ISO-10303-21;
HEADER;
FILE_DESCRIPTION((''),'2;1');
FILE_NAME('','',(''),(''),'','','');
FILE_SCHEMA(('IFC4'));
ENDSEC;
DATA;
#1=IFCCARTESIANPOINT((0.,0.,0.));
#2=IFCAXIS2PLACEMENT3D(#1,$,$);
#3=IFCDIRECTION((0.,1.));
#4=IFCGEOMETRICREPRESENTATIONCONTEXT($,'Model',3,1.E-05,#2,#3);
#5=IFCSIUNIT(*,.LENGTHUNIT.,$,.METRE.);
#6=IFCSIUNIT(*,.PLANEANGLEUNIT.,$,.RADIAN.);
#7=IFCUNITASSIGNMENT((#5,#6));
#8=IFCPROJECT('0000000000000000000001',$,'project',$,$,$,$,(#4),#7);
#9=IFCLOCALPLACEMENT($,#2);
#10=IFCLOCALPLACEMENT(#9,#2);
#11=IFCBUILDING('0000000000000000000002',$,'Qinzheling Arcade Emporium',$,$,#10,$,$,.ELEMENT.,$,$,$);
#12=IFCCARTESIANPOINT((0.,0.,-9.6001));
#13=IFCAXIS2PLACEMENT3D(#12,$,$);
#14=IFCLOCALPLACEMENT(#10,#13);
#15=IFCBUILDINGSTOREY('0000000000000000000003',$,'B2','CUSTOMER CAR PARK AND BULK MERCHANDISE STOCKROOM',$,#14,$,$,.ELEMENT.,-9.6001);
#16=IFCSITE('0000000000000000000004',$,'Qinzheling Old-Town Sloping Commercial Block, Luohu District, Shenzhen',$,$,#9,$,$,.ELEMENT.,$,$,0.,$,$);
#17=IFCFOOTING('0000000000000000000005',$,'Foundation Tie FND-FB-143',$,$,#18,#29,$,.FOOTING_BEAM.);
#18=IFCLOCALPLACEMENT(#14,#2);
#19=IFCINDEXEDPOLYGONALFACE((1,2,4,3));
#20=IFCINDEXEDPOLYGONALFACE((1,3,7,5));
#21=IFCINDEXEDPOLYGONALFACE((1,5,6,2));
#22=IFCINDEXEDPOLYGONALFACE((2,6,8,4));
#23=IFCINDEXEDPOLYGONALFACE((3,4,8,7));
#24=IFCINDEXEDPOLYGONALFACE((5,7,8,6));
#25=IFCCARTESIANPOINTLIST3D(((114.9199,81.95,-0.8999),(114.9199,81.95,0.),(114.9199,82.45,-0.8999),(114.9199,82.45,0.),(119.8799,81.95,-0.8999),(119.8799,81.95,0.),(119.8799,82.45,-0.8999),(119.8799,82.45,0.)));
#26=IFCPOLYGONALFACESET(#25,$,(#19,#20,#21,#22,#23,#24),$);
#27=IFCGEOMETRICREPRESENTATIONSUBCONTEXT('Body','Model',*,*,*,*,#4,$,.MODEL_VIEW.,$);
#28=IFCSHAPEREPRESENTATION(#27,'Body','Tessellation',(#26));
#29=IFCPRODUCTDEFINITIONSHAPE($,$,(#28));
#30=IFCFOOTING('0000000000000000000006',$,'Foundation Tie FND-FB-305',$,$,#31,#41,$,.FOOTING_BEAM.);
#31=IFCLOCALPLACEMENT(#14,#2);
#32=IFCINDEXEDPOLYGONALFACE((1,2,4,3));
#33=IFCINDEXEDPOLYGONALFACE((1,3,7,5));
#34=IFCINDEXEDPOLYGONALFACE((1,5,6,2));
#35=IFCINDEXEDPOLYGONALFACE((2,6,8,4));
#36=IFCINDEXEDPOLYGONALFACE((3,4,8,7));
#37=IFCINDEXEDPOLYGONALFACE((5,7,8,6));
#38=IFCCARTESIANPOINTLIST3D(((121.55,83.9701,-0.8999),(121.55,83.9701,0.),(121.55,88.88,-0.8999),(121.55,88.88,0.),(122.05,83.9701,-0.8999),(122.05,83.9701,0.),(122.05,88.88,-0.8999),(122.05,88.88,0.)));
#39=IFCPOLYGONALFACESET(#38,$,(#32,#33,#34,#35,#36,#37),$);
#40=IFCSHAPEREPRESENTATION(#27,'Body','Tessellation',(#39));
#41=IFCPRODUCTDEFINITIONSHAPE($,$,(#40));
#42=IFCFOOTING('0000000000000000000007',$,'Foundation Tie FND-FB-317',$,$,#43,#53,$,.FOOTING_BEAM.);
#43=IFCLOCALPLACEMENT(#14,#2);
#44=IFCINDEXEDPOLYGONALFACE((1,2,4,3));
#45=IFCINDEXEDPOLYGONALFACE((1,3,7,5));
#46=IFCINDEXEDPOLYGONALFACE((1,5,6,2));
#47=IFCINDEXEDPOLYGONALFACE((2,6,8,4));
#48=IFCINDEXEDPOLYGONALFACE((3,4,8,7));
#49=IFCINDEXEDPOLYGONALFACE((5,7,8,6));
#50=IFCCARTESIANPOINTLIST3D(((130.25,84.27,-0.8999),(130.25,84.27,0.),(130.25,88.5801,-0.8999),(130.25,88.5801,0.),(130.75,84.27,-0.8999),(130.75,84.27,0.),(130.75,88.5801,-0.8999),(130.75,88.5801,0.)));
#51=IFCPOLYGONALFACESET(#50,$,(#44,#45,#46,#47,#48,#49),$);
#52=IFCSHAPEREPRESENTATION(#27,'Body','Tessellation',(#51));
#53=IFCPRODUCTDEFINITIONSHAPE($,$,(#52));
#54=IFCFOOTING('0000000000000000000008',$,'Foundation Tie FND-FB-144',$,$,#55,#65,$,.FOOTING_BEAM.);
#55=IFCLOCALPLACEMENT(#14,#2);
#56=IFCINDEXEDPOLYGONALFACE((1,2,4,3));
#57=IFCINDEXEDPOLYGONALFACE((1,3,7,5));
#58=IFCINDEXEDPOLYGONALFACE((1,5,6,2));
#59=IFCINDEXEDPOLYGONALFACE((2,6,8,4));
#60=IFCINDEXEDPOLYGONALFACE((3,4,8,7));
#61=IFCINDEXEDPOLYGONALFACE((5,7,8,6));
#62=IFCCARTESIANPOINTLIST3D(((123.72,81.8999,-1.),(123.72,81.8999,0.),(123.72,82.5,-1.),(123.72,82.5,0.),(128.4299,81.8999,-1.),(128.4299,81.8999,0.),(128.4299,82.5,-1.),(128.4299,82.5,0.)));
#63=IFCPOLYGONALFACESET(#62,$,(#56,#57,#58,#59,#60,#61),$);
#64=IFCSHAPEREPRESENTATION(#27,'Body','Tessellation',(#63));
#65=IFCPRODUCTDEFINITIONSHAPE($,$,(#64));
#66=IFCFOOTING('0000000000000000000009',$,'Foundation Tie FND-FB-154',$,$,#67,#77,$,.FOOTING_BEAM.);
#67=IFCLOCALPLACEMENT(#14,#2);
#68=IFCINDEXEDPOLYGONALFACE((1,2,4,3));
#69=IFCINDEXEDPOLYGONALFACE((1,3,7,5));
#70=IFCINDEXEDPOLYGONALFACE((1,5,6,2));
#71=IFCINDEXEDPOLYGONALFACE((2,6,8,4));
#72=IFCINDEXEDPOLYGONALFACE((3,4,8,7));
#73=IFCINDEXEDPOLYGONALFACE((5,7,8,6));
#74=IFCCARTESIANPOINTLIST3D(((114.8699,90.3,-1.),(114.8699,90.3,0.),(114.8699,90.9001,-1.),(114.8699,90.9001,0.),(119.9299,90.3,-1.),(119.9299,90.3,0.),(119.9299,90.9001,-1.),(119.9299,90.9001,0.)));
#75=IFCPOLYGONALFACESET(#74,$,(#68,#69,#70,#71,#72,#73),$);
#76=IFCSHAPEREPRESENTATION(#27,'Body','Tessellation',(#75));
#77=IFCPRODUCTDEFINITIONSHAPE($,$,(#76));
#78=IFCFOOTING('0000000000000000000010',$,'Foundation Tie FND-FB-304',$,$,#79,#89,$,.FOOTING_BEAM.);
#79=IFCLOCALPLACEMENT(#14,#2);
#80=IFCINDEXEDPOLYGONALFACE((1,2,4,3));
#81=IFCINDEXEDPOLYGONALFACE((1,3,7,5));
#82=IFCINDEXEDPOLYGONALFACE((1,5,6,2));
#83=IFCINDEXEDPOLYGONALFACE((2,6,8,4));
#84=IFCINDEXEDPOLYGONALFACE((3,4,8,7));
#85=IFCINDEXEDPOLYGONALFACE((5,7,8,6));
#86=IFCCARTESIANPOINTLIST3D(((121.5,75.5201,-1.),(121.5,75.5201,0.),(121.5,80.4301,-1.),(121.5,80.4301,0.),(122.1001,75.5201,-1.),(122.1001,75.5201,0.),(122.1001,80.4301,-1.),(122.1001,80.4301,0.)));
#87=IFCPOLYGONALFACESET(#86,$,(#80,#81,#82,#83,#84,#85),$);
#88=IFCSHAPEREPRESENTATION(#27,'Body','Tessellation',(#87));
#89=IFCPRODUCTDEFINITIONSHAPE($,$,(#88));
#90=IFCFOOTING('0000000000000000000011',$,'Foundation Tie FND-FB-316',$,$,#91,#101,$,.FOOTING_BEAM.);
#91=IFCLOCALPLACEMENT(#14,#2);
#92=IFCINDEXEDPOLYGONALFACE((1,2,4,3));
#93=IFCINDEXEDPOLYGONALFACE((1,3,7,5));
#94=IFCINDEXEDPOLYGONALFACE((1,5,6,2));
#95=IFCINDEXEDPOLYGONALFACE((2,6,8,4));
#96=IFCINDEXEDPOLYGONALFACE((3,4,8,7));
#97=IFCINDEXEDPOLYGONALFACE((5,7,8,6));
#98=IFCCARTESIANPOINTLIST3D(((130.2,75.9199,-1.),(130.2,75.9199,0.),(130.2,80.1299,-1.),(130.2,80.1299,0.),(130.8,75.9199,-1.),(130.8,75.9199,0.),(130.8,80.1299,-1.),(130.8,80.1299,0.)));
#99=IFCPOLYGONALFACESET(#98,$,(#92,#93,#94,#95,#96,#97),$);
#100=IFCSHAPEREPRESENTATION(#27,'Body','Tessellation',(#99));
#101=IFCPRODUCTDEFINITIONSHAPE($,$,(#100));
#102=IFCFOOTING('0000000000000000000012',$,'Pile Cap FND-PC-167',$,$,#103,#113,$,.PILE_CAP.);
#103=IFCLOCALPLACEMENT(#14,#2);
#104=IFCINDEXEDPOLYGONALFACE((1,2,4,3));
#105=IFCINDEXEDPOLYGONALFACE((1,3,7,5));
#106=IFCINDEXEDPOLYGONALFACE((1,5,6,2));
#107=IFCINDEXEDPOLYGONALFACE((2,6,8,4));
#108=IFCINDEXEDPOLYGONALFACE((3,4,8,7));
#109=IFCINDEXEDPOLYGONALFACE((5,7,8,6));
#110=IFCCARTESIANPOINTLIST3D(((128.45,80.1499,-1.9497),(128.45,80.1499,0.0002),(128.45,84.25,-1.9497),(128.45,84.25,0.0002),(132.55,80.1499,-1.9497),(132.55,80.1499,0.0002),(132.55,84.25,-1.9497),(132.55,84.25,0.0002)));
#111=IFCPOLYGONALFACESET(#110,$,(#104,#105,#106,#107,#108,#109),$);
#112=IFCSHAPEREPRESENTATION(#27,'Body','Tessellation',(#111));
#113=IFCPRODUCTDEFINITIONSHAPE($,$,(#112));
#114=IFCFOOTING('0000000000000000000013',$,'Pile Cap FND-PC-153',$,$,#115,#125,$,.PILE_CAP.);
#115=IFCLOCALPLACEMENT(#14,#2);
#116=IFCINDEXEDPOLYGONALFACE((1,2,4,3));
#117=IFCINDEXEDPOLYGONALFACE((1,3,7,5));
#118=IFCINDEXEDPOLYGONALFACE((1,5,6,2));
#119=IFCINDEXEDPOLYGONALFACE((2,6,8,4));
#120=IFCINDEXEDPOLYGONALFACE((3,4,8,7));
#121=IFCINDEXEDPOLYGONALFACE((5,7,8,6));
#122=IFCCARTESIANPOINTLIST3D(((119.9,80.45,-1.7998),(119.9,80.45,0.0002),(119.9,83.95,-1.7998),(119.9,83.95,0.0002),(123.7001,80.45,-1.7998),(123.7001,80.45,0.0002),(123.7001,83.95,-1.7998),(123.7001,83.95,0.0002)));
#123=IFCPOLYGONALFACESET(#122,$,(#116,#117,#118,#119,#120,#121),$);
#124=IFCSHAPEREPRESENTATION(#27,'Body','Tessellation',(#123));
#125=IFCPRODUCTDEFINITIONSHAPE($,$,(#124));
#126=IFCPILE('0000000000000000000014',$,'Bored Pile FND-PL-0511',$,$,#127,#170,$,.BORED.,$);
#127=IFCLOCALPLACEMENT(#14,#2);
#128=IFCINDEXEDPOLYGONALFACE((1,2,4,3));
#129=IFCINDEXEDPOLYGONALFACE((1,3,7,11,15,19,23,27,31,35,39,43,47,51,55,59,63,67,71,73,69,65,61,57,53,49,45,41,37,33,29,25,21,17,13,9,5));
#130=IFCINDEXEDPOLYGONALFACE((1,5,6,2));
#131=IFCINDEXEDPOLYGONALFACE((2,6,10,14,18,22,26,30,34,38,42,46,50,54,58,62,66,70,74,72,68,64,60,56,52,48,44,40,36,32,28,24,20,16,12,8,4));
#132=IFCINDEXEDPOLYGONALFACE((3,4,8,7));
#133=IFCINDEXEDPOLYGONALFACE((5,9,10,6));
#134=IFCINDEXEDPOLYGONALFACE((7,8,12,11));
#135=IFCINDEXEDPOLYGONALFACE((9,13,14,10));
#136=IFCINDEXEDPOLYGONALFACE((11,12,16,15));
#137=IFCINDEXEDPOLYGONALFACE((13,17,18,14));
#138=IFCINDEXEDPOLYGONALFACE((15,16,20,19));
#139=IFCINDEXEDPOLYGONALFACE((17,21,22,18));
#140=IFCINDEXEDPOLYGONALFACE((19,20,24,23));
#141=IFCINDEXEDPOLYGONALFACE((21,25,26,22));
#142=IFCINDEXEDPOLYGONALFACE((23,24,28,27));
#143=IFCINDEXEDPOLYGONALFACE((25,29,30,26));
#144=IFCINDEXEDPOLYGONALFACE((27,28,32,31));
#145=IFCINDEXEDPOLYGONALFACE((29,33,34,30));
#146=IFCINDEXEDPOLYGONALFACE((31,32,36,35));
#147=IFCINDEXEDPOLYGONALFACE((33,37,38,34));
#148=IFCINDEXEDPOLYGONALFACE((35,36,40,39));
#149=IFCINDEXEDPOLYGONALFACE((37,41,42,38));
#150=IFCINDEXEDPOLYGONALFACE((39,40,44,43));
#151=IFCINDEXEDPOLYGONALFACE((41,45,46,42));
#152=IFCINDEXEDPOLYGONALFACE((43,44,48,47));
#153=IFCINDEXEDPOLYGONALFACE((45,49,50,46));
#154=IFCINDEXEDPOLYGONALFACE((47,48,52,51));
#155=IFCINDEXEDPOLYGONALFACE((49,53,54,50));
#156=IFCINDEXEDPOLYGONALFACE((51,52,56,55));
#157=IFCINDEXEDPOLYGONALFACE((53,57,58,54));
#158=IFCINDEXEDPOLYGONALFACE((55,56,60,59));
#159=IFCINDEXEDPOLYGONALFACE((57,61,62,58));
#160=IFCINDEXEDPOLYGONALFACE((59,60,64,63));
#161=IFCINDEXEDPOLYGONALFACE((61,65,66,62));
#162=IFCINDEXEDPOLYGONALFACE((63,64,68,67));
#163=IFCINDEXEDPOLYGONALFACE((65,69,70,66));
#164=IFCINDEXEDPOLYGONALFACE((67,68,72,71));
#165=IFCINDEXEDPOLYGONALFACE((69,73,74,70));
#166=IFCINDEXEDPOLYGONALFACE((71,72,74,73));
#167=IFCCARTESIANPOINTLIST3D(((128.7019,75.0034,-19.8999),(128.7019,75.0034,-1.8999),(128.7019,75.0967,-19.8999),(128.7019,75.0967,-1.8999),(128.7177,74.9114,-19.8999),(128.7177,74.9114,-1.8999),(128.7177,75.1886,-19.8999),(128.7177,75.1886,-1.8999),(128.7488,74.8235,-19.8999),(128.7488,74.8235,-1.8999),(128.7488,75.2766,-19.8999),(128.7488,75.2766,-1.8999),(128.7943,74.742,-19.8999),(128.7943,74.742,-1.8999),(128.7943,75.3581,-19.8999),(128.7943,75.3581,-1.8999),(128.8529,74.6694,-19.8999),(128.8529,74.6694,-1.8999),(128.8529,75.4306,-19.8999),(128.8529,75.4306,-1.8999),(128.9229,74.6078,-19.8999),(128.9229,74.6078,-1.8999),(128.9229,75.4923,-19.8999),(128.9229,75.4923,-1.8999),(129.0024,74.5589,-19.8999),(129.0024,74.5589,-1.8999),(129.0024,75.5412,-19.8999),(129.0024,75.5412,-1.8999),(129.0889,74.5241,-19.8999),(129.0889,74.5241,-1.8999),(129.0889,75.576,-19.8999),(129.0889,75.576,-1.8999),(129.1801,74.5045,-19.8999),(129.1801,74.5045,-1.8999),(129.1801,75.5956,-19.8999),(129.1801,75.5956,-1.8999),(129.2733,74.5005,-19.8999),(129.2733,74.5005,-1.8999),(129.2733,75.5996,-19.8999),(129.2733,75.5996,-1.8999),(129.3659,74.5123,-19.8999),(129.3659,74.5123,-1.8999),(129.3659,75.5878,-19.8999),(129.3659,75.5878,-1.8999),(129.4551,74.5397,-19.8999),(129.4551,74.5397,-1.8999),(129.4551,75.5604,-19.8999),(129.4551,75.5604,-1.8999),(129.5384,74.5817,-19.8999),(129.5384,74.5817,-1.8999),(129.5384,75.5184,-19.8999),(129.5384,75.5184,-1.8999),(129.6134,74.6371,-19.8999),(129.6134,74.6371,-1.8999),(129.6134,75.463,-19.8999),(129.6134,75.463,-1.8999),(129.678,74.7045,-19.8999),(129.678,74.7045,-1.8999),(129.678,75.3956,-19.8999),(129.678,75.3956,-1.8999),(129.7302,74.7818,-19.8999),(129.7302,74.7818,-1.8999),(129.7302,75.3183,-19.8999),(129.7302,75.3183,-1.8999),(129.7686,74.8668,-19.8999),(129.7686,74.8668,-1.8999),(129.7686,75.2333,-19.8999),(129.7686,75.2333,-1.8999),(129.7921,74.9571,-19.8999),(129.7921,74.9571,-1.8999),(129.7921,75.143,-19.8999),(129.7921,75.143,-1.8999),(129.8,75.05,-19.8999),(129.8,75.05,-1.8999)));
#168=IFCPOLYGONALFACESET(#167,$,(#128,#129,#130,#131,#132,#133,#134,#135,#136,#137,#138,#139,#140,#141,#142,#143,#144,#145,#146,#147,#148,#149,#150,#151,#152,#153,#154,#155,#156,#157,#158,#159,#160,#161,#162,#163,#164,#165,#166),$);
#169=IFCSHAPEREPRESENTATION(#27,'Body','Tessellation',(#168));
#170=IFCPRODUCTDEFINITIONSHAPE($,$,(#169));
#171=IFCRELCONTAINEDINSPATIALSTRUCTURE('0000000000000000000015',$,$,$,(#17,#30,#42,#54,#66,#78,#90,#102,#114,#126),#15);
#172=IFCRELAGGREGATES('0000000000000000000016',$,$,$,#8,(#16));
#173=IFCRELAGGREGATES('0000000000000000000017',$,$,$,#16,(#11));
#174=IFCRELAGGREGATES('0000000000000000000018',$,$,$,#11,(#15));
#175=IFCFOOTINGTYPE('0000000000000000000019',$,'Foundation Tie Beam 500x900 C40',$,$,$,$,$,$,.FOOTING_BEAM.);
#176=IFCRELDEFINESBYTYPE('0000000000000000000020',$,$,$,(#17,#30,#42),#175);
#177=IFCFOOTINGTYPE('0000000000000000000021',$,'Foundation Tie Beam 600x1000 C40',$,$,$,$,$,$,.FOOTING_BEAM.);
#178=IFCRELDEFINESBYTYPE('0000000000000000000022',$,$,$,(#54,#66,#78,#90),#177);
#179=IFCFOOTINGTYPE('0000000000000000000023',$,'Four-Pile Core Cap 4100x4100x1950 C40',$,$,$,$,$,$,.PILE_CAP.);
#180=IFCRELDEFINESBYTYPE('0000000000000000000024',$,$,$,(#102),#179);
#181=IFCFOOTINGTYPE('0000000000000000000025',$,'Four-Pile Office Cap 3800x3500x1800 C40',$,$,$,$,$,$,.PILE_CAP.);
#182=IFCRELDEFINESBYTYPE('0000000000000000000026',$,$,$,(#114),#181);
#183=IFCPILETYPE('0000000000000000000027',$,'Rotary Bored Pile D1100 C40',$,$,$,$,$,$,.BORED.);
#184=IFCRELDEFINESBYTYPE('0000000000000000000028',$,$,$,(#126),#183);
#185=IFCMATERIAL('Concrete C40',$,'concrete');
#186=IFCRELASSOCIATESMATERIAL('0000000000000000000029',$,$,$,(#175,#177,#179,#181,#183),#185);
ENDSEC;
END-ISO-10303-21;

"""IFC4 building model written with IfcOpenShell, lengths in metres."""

from ifc_helpers import new_model, si_unit, direction, frame, origin, origin_2d, place, context, subcontext, project, spatial, rectangle, circle, extrude, material, material_profile, profile_set, type_object, element, save


model = new_model("IFC4")

# Units and contexts
model_context = context("Model", 3, precision=1e-05, world=origin(), true_north=direction((0.0, 1.0)))
body_context = subcontext(model_context, "Body", "Model", "MODEL_VIEW")
ifc_project = project(units=[si_unit("LENGTHUNIT", "METRE"), si_unit("PLANEANGLEUNIT", "RADIAN")], contexts=[model_context])

# Site, building, storey
site_placement = place(None, origin())
site = spatial("IfcSite", under=ifc_project, at=site_placement, Name="Qinzheling Old-Town Sloping Commercial Block, Luohu District, Shenzhen", CompositionType="ELEMENT", RefElevation=0.0)
building_placement = place(site_placement, origin())
building = spatial("IfcBuilding", under=site, at=building_placement, Name="Qinzheling Arcade Emporium", CompositionType="ELEMENT")
storey_placement = place(building_placement, frame((0.0, 0.0, -9.6001)))
storey = spatial("IfcBuildingStorey", under=building, at=storey_placement, Name="B2", Description="CUSTOMER CAR PARK AND BULK MERCHANDISE STOCKROOM", CompositionType="ELEMENT", Elevation=-9.6001)

# Footings
ifc_material_1 = material(Name="Concrete C40", Category="concrete")
footing_type_1 = type_object("IfcFootingType", Name="Foundation Tie Beam 500x900 C40", PredefinedType="FOOTING_BEAM", material=ifc_material_1)
footing_1_placement = place(storey_placement, frame((117.3999, 82.2, -0.8999), z_axis=(0.0, 0.0, 1.0), x_axis=(1.0, 0.0, 0.0)))
element("IfcFooting", 1, at=footing_1_placement, inside=storey, type_object=footing_type_1, Name="Foundation Tie FND-FB-143", PredefinedType="FOOTING_BEAM", context=body_context, shape_type="SweptSolid", body=[
    extrude(rectangle(XDim=4.96, YDim=0.5, at=origin_2d()), origin(), (0.0, 0.0, 1.0), 0.8999),
])
footing_2_placement = place(storey_placement, frame((121.8, 86.425, -0.8999), z_axis=(0.0, 0.0, 1.0), x_axis=(1.0, 0.0, 0.0)))
element("IfcFooting", 2, at=footing_2_placement, inside=storey, type_object=footing_type_1, Name="Foundation Tie FND-FB-305", PredefinedType="FOOTING_BEAM", context=body_context, shape_type="SweptSolid", body=[
    extrude(rectangle(XDim=0.5, YDim=4.9099, at=origin_2d()), origin(), (0.0, 0.0, 1.0), 0.8999),
])
footing_3_placement = place(storey_placement, frame((130.5, 86.425, -0.8999), z_axis=(0.0, 0.0, 1.0), x_axis=(1.0, 0.0, 0.0)))
element("IfcFooting", 3, at=footing_3_placement, inside=storey, type_object=footing_type_1, Name="Foundation Tie FND-FB-317", PredefinedType="FOOTING_BEAM", context=body_context, shape_type="SweptSolid", body=[
    extrude(rectangle(XDim=0.5, YDim=4.3101, at=origin_2d()), origin(), (0.0, 0.0, 1.0), 0.8999),
])
footing_type_2 = type_object("IfcFootingType", Name="Foundation Tie Beam 600x1000 C40", PredefinedType="FOOTING_BEAM", material=ifc_material_1)
footing_4_placement = place(storey_placement, frame((126.075, 82.2, -1.0), z_axis=(0.0, 0.0, 1.0), x_axis=(1.0, 0.0, 0.0)))
element("IfcFooting", 4, at=footing_4_placement, inside=storey, type_object=footing_type_2, Name="Foundation Tie FND-FB-144", PredefinedType="FOOTING_BEAM", context=body_context, shape_type="SweptSolid", body=[
    extrude(rectangle(XDim=4.71, YDim=0.6001, at=origin_2d()), origin(), (0.0, 0.0, 1.0), 1.0),
])
footing_5_placement = place(storey_placement, frame((117.3999, 90.6001, -1.0), z_axis=(0.0, 0.0, 1.0), x_axis=(1.0, 0.0, 0.0)))
element("IfcFooting", 5, at=footing_5_placement, inside=storey, type_object=footing_type_2, Name="Foundation Tie FND-FB-154", PredefinedType="FOOTING_BEAM", context=body_context, shape_type="SweptSolid", body=[
    extrude(rectangle(XDim=5.0601, YDim=0.6001, at=origin_2d()), origin(), (0.0, 0.0, 1.0), 1.0),
])
footing_6_placement = place(storey_placement, frame((121.8, 77.9751, -1.0), z_axis=(0.0, 0.0, 1.0), x_axis=(1.0, 0.0, 0.0)))
element("IfcFooting", 6, at=footing_6_placement, inside=storey, type_object=footing_type_2, Name="Foundation Tie FND-FB-304", PredefinedType="FOOTING_BEAM", context=body_context, shape_type="SweptSolid", body=[
    extrude(rectangle(XDim=0.6001, YDim=4.9099, at=origin_2d()), origin(), (0.0, 0.0, 1.0), 1.0),
])
footing_7_placement = place(storey_placement, frame((130.5, 78.0249, -1.0), z_axis=(0.0, 0.0, 1.0), x_axis=(1.0, 0.0, 0.0)))
element("IfcFooting", 7, at=footing_7_placement, inside=storey, type_object=footing_type_2, Name="Foundation Tie FND-FB-316", PredefinedType="FOOTING_BEAM", context=body_context, shape_type="SweptSolid", body=[
    extrude(rectangle(XDim=0.6001, YDim=4.21, at=origin_2d()), origin(), (0.0, 0.0, 1.0), 1.0),
])
footing_type_3 = type_object("IfcFootingType", Name="Four-Pile Core Cap 4100x4100x1950 C40", PredefinedType="PILE_CAP", material=ifc_material_1)
footing_8_placement = place(storey_placement, frame((130.5, 82.2, -1.9497), z_axis=(0.0, 0.0, 1.0), x_axis=(1.0, 0.0, 0.0)))
element("IfcFooting", 8, at=footing_8_placement, inside=storey, type_object=footing_type_3, Name="Pile Cap FND-PC-167", PredefinedType="PILE_CAP", context=body_context, shape_type="SweptSolid", body=[
    extrude(rectangle(XDim=4.1001, YDim=4.1001, at=origin_2d()), origin(), (0.0, 0.0, 1.0), 1.95),
])
footing_type_4 = type_object("IfcFootingType", Name="Four-Pile Office Cap 3800x3500x1800 C40", PredefinedType="PILE_CAP", material=ifc_material_1)
footing_9_placement = place(storey_placement, frame((121.8, 82.2, -1.7998), z_axis=(0.0, 0.0, 1.0), x_axis=(1.0, 0.0, 0.0)))
element("IfcFooting", 9, at=footing_9_placement, inside=storey, type_object=footing_type_4, Name="Pile Cap FND-PC-153", PredefinedType="PILE_CAP", context=body_context, shape_type="SweptSolid", body=[
    extrude(rectangle(XDim=3.8, YDim=3.5, at=origin_2d()), origin(), (0.0, 0.0, 1.0), 1.8),
])

# Pile
ifc_material_profile_1 = material_profile(ifc_material_1, circle(Radius=0.55, at=origin_2d()), Name="BORED D1100", Category="concrete")
ifc_profile_set_1 = profile_set([ifc_material_profile_1], Name="Concrete C40")
pile_type_1 = type_object("IfcPileType", Name="Rotary Bored Pile D1100 C40", PredefinedType="BORED", material=ifc_profile_set_1)
for number, where, z_axis, x_axis, name in (
    (10, (129.25, 75.05, -1.8999), (0.0, 0.0, -1.0), (1.0, 0.0, 0.0), "Bored Pile FND-PL-0511"),
):
    element("IfcPile", number, at=place(storey_placement, frame(where, z_axis=z_axis, x_axis=x_axis)), inside=storey, type_object=pile_type_1, Name=name, PredefinedType="BORED", context=body_context, shape_type="SweptSolid", body=[
        extrude(circle(Radius=0.55, at=origin_2d()), origin(), (0.0, 0.0, 1.0), 18.0),
    ])

save(model, "model.ifc")
